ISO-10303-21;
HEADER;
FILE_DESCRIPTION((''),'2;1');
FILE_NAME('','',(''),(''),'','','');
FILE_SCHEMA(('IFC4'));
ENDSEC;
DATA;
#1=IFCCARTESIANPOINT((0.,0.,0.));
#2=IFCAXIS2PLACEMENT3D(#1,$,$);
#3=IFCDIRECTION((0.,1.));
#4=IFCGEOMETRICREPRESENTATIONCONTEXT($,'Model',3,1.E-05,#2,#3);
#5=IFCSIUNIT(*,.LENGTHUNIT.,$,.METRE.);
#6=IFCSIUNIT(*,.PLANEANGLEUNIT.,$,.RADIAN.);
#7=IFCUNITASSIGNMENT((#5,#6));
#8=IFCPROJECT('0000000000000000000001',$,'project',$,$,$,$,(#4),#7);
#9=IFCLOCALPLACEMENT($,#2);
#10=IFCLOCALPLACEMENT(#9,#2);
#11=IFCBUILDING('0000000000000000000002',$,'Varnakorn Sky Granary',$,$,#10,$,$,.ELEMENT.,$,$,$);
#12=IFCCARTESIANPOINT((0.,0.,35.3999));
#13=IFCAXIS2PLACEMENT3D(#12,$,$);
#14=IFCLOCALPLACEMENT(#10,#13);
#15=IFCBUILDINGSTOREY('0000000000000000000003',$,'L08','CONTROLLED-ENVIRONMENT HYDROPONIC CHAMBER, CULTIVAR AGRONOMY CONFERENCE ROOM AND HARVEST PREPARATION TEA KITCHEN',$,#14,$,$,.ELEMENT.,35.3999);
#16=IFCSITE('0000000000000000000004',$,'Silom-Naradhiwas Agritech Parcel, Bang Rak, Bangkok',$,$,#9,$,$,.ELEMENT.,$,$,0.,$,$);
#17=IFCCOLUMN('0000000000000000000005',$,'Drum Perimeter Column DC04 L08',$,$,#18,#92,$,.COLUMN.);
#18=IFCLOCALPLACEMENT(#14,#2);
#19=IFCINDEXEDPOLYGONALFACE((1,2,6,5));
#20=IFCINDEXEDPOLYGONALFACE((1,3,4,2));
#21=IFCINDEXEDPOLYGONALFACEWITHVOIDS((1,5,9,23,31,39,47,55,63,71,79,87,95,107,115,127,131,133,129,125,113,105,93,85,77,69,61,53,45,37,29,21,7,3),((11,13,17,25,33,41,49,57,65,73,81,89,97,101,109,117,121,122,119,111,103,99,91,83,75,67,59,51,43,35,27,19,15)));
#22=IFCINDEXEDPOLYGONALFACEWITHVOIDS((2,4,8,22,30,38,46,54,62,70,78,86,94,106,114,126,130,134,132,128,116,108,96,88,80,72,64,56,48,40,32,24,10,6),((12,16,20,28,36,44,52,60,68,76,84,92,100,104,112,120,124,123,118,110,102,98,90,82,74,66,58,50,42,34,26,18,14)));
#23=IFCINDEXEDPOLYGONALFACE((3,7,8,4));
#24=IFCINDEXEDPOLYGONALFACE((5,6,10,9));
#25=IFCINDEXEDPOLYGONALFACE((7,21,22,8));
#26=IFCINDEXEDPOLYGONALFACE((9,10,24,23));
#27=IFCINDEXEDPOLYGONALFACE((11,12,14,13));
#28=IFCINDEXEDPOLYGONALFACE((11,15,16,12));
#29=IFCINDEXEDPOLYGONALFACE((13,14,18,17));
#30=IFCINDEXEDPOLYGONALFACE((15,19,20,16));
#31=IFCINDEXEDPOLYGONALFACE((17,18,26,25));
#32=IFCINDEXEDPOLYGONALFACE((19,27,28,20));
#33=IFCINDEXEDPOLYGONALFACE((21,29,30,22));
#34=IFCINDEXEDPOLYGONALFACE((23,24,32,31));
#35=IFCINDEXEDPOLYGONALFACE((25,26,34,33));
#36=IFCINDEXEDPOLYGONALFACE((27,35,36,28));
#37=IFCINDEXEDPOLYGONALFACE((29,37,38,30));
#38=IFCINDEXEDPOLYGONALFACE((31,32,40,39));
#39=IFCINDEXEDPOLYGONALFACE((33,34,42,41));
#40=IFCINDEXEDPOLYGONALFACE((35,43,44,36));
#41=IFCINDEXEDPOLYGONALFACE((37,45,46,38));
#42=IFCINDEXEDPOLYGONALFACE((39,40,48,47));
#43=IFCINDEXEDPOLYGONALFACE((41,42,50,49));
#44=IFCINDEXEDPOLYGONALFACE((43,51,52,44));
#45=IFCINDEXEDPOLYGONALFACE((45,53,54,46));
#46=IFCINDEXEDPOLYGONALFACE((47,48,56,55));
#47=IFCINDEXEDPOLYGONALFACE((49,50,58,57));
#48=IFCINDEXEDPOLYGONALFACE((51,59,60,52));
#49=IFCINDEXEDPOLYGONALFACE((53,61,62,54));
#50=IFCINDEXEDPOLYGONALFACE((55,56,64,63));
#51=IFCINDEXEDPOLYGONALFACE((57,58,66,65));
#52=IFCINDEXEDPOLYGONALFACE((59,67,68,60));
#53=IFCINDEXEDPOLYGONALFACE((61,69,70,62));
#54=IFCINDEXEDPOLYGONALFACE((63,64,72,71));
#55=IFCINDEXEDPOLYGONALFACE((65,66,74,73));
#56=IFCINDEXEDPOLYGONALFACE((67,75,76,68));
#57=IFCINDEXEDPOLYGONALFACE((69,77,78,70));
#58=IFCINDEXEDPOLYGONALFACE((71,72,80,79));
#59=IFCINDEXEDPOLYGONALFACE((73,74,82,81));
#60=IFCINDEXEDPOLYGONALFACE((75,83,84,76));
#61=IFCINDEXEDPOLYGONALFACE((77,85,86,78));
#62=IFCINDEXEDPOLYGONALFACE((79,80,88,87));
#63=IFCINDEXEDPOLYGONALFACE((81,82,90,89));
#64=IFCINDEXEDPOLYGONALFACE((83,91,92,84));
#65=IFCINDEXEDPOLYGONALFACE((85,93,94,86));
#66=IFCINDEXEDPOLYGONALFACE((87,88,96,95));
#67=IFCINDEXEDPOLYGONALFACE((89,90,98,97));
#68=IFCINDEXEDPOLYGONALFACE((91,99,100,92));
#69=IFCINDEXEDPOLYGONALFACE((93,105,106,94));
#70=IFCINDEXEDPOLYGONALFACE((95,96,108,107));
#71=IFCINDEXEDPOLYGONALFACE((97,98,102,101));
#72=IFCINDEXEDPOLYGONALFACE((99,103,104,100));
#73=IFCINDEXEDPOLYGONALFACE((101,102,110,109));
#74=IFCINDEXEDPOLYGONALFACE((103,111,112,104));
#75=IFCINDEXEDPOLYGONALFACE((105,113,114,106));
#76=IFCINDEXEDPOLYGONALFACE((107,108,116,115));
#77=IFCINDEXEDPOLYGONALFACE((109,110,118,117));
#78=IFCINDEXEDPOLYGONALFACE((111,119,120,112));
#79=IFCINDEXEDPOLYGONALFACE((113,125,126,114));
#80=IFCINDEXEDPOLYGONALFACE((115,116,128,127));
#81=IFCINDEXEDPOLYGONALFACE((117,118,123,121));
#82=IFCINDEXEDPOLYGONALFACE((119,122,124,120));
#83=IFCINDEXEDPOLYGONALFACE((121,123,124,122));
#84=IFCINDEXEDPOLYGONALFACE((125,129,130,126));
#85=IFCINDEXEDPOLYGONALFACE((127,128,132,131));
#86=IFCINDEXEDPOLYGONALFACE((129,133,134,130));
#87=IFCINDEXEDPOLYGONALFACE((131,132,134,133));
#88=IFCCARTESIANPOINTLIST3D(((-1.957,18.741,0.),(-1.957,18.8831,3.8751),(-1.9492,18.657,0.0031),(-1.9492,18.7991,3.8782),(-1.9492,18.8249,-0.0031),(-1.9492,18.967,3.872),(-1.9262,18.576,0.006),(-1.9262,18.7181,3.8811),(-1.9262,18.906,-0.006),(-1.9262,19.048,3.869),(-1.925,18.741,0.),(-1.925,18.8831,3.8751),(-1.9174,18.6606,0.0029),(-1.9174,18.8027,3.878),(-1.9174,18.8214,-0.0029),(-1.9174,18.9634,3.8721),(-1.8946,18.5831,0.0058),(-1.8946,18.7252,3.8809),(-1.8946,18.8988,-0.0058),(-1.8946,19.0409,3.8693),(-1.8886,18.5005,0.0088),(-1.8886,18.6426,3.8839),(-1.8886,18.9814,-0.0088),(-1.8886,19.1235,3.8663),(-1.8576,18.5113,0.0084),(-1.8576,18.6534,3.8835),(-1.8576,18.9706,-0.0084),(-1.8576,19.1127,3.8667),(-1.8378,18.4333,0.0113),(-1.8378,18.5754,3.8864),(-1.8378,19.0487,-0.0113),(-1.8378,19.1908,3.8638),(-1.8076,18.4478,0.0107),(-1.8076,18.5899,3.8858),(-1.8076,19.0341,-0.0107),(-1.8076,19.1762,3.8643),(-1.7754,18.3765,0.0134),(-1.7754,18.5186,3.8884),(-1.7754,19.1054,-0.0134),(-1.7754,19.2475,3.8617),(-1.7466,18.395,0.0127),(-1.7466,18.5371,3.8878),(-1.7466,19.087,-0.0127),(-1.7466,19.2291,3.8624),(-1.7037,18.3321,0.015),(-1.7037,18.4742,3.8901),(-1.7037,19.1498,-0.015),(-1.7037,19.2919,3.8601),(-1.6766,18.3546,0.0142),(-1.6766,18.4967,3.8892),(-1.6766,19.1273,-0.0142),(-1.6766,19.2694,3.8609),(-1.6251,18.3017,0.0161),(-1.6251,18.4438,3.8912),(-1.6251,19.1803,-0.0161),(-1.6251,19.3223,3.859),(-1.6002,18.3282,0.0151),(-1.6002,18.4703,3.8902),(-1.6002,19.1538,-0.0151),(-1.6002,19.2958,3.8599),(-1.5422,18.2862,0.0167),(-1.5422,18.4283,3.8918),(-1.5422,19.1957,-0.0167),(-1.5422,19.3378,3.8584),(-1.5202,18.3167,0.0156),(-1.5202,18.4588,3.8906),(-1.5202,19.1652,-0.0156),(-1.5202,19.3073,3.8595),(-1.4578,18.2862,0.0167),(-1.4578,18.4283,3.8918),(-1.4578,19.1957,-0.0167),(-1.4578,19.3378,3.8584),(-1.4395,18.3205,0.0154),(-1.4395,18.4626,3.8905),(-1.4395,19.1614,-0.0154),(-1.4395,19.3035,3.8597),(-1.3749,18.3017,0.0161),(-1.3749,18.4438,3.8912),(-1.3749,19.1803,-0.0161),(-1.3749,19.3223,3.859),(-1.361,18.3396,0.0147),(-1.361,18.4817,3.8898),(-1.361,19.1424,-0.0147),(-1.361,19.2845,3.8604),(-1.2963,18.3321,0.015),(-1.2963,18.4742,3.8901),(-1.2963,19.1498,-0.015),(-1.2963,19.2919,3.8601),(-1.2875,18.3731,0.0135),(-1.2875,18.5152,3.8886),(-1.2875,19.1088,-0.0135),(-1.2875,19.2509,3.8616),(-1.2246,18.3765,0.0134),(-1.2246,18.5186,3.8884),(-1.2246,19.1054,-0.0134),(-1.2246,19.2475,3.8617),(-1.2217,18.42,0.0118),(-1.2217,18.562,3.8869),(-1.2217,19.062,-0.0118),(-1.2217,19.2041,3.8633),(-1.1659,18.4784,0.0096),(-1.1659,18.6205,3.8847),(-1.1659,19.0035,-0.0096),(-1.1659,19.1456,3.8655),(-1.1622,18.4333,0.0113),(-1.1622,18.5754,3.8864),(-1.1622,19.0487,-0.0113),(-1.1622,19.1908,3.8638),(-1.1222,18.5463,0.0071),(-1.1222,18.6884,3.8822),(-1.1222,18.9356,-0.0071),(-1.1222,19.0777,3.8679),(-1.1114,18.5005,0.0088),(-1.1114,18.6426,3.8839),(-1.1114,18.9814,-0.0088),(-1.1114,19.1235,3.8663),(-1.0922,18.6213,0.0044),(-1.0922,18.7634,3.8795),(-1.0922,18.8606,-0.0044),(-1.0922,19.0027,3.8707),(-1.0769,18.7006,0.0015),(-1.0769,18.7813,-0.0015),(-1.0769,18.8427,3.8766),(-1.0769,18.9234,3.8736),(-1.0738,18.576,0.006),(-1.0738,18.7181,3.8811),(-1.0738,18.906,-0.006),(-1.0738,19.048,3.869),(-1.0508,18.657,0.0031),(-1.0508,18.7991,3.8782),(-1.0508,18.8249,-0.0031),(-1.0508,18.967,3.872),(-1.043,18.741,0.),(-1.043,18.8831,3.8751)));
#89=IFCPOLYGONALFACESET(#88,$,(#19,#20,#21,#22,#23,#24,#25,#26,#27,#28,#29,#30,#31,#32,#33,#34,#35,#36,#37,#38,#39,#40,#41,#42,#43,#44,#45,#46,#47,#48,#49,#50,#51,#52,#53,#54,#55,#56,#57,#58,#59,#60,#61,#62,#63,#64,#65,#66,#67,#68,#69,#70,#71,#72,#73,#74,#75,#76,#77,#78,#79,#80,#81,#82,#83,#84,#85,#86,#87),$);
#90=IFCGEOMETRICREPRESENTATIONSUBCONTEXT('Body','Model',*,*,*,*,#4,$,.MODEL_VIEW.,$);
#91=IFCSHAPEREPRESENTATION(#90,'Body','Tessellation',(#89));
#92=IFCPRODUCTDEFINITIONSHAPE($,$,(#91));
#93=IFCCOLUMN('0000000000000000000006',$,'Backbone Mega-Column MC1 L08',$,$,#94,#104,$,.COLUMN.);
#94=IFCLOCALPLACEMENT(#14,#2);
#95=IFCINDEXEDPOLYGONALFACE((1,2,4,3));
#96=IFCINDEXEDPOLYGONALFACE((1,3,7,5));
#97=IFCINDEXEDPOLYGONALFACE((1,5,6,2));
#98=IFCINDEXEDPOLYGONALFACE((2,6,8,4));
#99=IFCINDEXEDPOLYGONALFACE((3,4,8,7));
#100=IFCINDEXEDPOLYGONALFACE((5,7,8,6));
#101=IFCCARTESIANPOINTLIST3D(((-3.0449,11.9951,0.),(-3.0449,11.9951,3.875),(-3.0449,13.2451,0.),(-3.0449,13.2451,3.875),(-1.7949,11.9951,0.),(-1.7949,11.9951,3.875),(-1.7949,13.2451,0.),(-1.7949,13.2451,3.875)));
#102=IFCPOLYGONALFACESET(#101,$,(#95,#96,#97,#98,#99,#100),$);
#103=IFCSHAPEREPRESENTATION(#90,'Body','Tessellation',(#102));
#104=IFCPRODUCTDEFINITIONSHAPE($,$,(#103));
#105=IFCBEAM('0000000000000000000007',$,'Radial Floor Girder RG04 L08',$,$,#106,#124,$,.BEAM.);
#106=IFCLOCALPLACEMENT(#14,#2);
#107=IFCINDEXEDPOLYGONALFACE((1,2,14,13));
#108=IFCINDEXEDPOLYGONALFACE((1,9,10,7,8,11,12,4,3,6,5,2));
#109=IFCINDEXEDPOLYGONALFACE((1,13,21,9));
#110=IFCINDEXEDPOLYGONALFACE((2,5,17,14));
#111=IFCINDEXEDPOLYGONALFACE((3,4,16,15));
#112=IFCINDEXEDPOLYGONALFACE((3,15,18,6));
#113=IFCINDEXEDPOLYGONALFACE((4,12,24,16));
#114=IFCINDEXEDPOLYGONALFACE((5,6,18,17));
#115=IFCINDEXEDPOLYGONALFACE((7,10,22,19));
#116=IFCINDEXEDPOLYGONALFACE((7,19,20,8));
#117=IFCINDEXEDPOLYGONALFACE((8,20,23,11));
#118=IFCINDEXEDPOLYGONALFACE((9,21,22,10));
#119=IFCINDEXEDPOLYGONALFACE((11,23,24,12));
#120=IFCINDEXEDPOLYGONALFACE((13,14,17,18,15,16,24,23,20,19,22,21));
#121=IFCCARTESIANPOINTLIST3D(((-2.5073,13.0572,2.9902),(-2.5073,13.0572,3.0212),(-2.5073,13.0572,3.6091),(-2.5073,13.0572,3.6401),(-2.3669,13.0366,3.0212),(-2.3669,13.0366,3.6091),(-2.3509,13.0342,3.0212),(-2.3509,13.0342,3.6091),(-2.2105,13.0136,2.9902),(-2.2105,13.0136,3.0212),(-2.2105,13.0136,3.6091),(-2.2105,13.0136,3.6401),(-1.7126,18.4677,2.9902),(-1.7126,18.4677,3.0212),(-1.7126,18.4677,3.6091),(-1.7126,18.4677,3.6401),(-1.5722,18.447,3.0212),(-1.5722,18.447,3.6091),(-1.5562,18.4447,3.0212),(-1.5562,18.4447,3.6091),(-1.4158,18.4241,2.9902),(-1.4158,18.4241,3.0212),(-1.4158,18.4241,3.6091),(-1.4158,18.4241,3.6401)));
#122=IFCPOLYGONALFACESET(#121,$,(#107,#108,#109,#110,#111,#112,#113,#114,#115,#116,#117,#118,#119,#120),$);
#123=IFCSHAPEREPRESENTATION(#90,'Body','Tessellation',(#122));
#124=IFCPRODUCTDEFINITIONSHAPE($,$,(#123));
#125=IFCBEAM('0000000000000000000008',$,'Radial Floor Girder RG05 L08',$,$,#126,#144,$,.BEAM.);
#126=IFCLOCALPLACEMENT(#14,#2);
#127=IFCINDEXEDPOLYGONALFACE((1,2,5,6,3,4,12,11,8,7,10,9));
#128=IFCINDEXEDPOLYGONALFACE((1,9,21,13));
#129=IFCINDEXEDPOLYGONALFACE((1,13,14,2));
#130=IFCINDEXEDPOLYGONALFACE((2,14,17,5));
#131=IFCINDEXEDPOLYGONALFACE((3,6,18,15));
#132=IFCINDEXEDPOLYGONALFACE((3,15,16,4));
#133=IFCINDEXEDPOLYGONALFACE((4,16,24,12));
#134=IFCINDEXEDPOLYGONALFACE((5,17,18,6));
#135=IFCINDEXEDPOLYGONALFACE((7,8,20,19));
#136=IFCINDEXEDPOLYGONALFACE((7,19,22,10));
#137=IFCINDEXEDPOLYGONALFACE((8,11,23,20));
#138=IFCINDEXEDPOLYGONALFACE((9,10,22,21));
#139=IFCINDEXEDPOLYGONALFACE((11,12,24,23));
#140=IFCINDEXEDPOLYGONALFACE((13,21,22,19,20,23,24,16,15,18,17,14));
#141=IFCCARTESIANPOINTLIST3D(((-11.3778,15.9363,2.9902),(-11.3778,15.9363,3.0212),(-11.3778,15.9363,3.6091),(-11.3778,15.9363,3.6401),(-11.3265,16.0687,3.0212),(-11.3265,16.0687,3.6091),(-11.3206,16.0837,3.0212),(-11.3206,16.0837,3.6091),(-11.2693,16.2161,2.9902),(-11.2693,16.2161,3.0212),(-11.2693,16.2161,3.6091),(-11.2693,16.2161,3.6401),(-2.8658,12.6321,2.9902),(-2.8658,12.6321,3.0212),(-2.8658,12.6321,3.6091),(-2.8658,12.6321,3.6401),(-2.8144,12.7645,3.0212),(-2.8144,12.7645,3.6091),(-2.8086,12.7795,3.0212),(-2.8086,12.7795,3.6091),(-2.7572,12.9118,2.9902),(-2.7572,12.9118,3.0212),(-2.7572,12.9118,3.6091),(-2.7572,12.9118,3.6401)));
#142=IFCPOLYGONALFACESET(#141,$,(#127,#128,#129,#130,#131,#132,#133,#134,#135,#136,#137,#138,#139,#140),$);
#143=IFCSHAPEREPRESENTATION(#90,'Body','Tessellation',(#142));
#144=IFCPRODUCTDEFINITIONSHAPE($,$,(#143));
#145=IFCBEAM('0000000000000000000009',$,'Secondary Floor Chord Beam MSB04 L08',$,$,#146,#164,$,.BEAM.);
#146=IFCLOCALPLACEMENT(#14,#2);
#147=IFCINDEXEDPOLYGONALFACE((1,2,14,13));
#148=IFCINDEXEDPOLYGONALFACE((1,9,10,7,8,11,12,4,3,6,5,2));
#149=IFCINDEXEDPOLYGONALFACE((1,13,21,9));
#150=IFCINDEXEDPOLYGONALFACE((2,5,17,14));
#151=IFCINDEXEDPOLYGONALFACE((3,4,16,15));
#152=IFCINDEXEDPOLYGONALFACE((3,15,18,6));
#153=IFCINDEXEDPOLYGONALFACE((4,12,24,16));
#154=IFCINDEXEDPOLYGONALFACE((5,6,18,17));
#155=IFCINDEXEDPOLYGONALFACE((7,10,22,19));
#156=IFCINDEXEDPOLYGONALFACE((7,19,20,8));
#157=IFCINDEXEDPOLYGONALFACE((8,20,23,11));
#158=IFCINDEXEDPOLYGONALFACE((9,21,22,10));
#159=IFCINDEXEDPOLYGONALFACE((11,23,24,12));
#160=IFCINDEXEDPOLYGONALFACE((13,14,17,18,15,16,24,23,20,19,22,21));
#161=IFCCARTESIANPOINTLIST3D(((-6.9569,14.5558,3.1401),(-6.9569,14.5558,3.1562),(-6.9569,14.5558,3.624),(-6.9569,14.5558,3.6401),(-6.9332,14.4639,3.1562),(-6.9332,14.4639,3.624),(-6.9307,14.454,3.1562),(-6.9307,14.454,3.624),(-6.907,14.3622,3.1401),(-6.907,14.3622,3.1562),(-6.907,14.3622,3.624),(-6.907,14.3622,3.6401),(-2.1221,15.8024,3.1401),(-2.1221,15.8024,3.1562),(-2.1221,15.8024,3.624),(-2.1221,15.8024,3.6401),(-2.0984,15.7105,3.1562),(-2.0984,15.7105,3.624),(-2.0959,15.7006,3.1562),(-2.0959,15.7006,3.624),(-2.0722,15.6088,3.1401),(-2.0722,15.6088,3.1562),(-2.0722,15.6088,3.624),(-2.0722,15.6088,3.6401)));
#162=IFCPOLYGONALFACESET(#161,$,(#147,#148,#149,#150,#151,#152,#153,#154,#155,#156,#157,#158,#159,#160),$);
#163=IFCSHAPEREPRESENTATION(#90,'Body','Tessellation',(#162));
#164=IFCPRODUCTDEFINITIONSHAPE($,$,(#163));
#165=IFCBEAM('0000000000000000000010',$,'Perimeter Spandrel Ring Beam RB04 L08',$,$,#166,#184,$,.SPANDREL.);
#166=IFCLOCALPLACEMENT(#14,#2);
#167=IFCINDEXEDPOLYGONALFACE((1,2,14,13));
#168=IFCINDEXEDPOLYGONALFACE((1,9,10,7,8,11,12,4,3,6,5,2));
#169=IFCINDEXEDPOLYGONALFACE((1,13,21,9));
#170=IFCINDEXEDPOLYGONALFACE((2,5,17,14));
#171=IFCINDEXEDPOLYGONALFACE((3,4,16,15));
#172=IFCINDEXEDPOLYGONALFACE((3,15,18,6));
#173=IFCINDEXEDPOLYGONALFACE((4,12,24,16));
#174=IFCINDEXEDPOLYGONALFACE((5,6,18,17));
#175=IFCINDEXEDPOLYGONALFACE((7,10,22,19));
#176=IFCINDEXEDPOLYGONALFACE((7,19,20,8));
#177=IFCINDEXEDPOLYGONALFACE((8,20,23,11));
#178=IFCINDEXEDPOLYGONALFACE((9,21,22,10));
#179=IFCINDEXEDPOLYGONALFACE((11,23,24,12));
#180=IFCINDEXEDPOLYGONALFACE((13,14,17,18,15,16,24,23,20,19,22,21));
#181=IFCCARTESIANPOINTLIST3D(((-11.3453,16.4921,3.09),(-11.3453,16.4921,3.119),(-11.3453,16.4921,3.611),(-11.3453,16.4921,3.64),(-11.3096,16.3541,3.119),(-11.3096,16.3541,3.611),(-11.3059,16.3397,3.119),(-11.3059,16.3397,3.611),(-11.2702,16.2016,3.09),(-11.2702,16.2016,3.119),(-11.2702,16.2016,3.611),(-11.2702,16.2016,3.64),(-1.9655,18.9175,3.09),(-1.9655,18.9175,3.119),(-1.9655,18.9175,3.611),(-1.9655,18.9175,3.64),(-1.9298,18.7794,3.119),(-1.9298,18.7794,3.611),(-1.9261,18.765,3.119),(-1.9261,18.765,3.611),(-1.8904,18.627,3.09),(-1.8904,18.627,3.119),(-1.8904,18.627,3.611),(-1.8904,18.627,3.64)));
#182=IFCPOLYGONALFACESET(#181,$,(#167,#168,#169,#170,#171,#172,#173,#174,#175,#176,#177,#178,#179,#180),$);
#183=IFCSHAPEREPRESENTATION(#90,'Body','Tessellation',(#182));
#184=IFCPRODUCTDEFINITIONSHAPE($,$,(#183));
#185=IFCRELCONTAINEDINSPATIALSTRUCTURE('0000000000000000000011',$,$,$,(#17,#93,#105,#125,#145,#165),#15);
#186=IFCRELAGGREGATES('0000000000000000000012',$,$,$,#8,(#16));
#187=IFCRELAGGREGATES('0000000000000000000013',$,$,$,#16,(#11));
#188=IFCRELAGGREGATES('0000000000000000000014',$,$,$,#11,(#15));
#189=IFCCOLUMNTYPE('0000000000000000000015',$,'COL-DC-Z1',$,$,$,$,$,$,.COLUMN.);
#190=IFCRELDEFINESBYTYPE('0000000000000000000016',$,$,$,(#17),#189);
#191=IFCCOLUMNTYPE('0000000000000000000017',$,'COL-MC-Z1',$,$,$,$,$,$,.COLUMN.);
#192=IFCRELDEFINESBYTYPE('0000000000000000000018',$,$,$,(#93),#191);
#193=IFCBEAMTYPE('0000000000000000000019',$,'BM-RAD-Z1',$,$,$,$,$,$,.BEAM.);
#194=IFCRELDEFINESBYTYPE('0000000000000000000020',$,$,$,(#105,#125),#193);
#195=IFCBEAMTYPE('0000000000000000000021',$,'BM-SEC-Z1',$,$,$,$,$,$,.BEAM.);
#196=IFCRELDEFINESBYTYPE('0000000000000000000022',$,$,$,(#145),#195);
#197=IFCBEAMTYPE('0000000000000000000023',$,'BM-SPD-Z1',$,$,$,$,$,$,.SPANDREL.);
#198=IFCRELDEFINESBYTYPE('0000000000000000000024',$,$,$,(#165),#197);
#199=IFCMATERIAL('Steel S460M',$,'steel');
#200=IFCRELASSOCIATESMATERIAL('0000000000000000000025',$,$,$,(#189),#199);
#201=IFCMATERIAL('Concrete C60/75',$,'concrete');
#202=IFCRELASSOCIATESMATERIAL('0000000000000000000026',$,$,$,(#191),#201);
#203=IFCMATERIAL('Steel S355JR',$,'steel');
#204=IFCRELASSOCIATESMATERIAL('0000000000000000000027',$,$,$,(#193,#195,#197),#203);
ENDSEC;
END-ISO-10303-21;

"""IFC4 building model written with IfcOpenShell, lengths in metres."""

from ifc_helpers import new_model, si_unit, direction, frame, origin, origin_2d, place, context, subcontext, project, spatial, rectangle, hollow_circle, i_section, extrude, material, material_profile, profile_set, type_object, element, save


model = new_model("IFC4")

# Units and contexts
model_context = context("Model", 3, precision=1e-05, world=origin(), true_north=direction((0.0, 1.0)))
body_context = subcontext(model_context, "Body", "Model", "MODEL_VIEW")
ifc_project = project(units=[si_unit("LENGTHUNIT", "METRE"), si_unit("PLANEANGLEUNIT", "RADIAN")], contexts=[model_context])

# Site, building, storey
site_placement = place(None, origin())
site = spatial("IfcSite", under=ifc_project, at=site_placement, Name="Silom-Naradhiwas Agritech Parcel, Bang Rak, Bangkok", CompositionType="ELEMENT", RefElevation=0.0)
building_placement = place(site_placement, origin())
building = spatial("IfcBuilding", under=site, at=building_placement, Name="Varnakorn Sky Granary", CompositionType="ELEMENT")
storey_placement = place(building_placement, frame((0.0, 0.0, 35.3999)))
storey = spatial("IfcBuildingStorey", under=building, at=storey_placement, Name="L08", Description="CONTROLLED-ENVIRONMENT HYDROPONIC CHAMBER, CULTIVAR AGRONOMY CONFERENCE ROOM AND HARVEST PREPARATION TEA KITCHEN", CompositionType="ELEMENT", Elevation=35.3999)

# Columns
ifc_material_1 = material(Name="Steel S460M", Category="steel")
ifc_material_profile_1 = material_profile(ifc_material_1, hollow_circle(Radius=0.457, WallThickness=0.032, at=origin_2d()), Name="CHS 914x32")
ifc_profile_set_1 = profile_set([ifc_material_profile_1], Name="Steel S460M")
column_type_1 = type_object("IfcColumnType", Name="COL-DC-Z1", PredefinedType="COLUMN", material=ifc_profile_set_1)
column_1_placement = place(storey_placement, frame((-1.5, 18.741, 0.0), z_axis=(0.0, 0.036644, 0.999328), x_axis=(-1.0, 0.0, 0.0)))
element("IfcColumn", 1, at=column_1_placement, inside=storey, type_object=column_type_1, Name="Drum Perimeter Column DC04 L08", PredefinedType="COLUMN", context=body_context, shape_type="SweptSolid", body=[
    extrude(hollow_circle(Radius=0.457, WallThickness=0.032, at=origin_2d()), origin(), (0.0, 0.0, 1.0), 3.8777),
])
ifc_material_2 = material(Name="Concrete C60/75", Category="concrete")
ifc_material_profile_2 = material_profile(ifc_material_2, rectangle(XDim=1.25, YDim=1.25, at=origin_2d()), Name="RC 1250x1250")
ifc_profile_set_2 = profile_set([ifc_material_profile_2], Name="Concrete C60/75")
column_type_2 = type_object("IfcColumnType", Name="COL-MC-Z1", PredefinedType="COLUMN", material=ifc_profile_set_2)
column_2_placement = place(storey_placement, frame((-2.4199, 12.6201, 0.0), z_axis=(0.0, 0.0, 1.0), x_axis=(1.0, 0.0, 0.0)))
element("IfcColumn", 2, at=column_2_placement, inside=storey, type_object=column_type_2, Name="Backbone Mega-Column MC1 L08", PredefinedType="COLUMN", context=body_context, shape_type="SweptSolid", body=[
    extrude(rectangle(XDim=1.25, YDim=1.25, at=origin_2d()), origin(), (0.0, 0.0, 1.0), 3.875),
])

# Beams
ifc_material_3 = material(Name="Steel S355JR", Category="steel")
ifc_material_profile_3 = material_profile(ifc_material_3, i_section(OverallWidth=0.3, OverallDepth=0.6499, WebThickness=0.0161, FlangeThickness=0.031, at=origin_2d()), Name="HE 650 B")
ifc_profile_set_3 = profile_set([ifc_material_profile_3], Name="Steel S355JR")
beam_type_1 = type_object("IfcBeamType", Name="BM-RAD-Z1", PredefinedType="BEAM", material=ifc_profile_set_3)
beam_1_placement = place(storey_placement, frame((-2.3589, 13.0354, 3.3152), z_axis=(0.14532, 0.989385, 0.0), x_axis=(-0.989385, 0.14532, 0.0)))
element("IfcBeam", 3, at=beam_1_placement, inside=storey, type_object=beam_type_1, Name="Radial Floor Girder RG04 L08", PredefinedType="BEAM", context=body_context, shape_type="SweptSolid", body=[
    extrude(i_section(OverallWidth=0.3, OverallDepth=0.6499, WebThickness=0.0161, FlangeThickness=0.031, at=origin_2d()), origin(), (0.0, 0.0, 1.0), 5.4685),
])
beam_2_placement = place(storey_placement, frame((-2.8115, 12.772, 3.3152), z_axis=(-0.932227, 0.361875, 0.0), x_axis=(-0.361875, -0.932227, 0.0)))
element("IfcBeam", 4, at=beam_2_placement, inside=storey, type_object=beam_type_1, Name="Radial Floor Girder RG05 L08", PredefinedType="BEAM", context=body_context, shape_type="SweptSolid", body=[
    extrude(i_section(OverallWidth=0.3, OverallDepth=0.6499, WebThickness=0.0161, FlangeThickness=0.031, at=origin_2d()), origin(), (0.0, 0.0, 1.0), 9.1309),
])
ifc_material_profile_4 = material_profile(ifc_material_3, i_section(OverallWidth=0.2, OverallDepth=0.5, WebThickness=0.0103, FlangeThickness=0.0161, at=origin_2d()), Name="IPE 500")
ifc_profile_set_4 = profile_set([ifc_material_profile_4], Name="Steel S355JR")
beam_type_2 = type_object("IfcBeamType", Name="BM-SEC-Z1", PredefinedType="BEAM", material=ifc_profile_set_4)
beam_3_placement = place(storey_placement, frame((-2.0972, 15.7056, 3.3901), z_axis=(-0.96833, -0.249674, 0.0), x_axis=(0.249674, -0.96833, 0.0)))
element("IfcBeam", 5, at=beam_3_placement, inside=storey, type_object=beam_type_2, Name="Secondary Floor Chord Beam MSB04 L08", PredefinedType="BEAM", context=body_context, shape_type="SweptSolid", body=[
    extrude(i_section(OverallWidth=0.2, OverallDepth=0.5, WebThickness=0.0103, FlangeThickness=0.0161, at=origin_2d()), origin(), (0.0, 0.0, 1.0), 4.9929),
])
ifc_material_profile_5 = material_profile(ifc_material_3, i_section(OverallWidth=0.3, OverallDepth=0.55, WebThickness=0.0149, FlangeThickness=0.0291, at=origin_2d()), Name="HE 550 B")
ifc_profile_set_5 = profile_set([ifc_material_profile_5], Name="Steel S355JR")
beam_type_3 = type_object("IfcBeamType", Name="BM-SPD-Z1", PredefinedType="SPANDREL", material=ifc_profile_set_5)
beam_4_placement = place(storey_placement, frame((-1.928, 18.7722, 3.365), z_axis=(-0.968159, -0.250337, 0.0), x_axis=(0.250337, -0.968159, 0.0)))
element("IfcBeam", 6, at=beam_4_placement, inside=storey, type_object=beam_type_3, Name="Perimeter Spandrel Ring Beam RB04 L08", PredefinedType="SPANDREL", context=body_context, shape_type="SweptSolid", body=[
    extrude(i_section(OverallWidth=0.3, OverallDepth=0.55, WebThickness=0.0149, FlangeThickness=0.0291, at=origin_2d()), origin(), (0.0, 0.0, 1.0), 9.6882),
])

save(model, "model.ifc")
